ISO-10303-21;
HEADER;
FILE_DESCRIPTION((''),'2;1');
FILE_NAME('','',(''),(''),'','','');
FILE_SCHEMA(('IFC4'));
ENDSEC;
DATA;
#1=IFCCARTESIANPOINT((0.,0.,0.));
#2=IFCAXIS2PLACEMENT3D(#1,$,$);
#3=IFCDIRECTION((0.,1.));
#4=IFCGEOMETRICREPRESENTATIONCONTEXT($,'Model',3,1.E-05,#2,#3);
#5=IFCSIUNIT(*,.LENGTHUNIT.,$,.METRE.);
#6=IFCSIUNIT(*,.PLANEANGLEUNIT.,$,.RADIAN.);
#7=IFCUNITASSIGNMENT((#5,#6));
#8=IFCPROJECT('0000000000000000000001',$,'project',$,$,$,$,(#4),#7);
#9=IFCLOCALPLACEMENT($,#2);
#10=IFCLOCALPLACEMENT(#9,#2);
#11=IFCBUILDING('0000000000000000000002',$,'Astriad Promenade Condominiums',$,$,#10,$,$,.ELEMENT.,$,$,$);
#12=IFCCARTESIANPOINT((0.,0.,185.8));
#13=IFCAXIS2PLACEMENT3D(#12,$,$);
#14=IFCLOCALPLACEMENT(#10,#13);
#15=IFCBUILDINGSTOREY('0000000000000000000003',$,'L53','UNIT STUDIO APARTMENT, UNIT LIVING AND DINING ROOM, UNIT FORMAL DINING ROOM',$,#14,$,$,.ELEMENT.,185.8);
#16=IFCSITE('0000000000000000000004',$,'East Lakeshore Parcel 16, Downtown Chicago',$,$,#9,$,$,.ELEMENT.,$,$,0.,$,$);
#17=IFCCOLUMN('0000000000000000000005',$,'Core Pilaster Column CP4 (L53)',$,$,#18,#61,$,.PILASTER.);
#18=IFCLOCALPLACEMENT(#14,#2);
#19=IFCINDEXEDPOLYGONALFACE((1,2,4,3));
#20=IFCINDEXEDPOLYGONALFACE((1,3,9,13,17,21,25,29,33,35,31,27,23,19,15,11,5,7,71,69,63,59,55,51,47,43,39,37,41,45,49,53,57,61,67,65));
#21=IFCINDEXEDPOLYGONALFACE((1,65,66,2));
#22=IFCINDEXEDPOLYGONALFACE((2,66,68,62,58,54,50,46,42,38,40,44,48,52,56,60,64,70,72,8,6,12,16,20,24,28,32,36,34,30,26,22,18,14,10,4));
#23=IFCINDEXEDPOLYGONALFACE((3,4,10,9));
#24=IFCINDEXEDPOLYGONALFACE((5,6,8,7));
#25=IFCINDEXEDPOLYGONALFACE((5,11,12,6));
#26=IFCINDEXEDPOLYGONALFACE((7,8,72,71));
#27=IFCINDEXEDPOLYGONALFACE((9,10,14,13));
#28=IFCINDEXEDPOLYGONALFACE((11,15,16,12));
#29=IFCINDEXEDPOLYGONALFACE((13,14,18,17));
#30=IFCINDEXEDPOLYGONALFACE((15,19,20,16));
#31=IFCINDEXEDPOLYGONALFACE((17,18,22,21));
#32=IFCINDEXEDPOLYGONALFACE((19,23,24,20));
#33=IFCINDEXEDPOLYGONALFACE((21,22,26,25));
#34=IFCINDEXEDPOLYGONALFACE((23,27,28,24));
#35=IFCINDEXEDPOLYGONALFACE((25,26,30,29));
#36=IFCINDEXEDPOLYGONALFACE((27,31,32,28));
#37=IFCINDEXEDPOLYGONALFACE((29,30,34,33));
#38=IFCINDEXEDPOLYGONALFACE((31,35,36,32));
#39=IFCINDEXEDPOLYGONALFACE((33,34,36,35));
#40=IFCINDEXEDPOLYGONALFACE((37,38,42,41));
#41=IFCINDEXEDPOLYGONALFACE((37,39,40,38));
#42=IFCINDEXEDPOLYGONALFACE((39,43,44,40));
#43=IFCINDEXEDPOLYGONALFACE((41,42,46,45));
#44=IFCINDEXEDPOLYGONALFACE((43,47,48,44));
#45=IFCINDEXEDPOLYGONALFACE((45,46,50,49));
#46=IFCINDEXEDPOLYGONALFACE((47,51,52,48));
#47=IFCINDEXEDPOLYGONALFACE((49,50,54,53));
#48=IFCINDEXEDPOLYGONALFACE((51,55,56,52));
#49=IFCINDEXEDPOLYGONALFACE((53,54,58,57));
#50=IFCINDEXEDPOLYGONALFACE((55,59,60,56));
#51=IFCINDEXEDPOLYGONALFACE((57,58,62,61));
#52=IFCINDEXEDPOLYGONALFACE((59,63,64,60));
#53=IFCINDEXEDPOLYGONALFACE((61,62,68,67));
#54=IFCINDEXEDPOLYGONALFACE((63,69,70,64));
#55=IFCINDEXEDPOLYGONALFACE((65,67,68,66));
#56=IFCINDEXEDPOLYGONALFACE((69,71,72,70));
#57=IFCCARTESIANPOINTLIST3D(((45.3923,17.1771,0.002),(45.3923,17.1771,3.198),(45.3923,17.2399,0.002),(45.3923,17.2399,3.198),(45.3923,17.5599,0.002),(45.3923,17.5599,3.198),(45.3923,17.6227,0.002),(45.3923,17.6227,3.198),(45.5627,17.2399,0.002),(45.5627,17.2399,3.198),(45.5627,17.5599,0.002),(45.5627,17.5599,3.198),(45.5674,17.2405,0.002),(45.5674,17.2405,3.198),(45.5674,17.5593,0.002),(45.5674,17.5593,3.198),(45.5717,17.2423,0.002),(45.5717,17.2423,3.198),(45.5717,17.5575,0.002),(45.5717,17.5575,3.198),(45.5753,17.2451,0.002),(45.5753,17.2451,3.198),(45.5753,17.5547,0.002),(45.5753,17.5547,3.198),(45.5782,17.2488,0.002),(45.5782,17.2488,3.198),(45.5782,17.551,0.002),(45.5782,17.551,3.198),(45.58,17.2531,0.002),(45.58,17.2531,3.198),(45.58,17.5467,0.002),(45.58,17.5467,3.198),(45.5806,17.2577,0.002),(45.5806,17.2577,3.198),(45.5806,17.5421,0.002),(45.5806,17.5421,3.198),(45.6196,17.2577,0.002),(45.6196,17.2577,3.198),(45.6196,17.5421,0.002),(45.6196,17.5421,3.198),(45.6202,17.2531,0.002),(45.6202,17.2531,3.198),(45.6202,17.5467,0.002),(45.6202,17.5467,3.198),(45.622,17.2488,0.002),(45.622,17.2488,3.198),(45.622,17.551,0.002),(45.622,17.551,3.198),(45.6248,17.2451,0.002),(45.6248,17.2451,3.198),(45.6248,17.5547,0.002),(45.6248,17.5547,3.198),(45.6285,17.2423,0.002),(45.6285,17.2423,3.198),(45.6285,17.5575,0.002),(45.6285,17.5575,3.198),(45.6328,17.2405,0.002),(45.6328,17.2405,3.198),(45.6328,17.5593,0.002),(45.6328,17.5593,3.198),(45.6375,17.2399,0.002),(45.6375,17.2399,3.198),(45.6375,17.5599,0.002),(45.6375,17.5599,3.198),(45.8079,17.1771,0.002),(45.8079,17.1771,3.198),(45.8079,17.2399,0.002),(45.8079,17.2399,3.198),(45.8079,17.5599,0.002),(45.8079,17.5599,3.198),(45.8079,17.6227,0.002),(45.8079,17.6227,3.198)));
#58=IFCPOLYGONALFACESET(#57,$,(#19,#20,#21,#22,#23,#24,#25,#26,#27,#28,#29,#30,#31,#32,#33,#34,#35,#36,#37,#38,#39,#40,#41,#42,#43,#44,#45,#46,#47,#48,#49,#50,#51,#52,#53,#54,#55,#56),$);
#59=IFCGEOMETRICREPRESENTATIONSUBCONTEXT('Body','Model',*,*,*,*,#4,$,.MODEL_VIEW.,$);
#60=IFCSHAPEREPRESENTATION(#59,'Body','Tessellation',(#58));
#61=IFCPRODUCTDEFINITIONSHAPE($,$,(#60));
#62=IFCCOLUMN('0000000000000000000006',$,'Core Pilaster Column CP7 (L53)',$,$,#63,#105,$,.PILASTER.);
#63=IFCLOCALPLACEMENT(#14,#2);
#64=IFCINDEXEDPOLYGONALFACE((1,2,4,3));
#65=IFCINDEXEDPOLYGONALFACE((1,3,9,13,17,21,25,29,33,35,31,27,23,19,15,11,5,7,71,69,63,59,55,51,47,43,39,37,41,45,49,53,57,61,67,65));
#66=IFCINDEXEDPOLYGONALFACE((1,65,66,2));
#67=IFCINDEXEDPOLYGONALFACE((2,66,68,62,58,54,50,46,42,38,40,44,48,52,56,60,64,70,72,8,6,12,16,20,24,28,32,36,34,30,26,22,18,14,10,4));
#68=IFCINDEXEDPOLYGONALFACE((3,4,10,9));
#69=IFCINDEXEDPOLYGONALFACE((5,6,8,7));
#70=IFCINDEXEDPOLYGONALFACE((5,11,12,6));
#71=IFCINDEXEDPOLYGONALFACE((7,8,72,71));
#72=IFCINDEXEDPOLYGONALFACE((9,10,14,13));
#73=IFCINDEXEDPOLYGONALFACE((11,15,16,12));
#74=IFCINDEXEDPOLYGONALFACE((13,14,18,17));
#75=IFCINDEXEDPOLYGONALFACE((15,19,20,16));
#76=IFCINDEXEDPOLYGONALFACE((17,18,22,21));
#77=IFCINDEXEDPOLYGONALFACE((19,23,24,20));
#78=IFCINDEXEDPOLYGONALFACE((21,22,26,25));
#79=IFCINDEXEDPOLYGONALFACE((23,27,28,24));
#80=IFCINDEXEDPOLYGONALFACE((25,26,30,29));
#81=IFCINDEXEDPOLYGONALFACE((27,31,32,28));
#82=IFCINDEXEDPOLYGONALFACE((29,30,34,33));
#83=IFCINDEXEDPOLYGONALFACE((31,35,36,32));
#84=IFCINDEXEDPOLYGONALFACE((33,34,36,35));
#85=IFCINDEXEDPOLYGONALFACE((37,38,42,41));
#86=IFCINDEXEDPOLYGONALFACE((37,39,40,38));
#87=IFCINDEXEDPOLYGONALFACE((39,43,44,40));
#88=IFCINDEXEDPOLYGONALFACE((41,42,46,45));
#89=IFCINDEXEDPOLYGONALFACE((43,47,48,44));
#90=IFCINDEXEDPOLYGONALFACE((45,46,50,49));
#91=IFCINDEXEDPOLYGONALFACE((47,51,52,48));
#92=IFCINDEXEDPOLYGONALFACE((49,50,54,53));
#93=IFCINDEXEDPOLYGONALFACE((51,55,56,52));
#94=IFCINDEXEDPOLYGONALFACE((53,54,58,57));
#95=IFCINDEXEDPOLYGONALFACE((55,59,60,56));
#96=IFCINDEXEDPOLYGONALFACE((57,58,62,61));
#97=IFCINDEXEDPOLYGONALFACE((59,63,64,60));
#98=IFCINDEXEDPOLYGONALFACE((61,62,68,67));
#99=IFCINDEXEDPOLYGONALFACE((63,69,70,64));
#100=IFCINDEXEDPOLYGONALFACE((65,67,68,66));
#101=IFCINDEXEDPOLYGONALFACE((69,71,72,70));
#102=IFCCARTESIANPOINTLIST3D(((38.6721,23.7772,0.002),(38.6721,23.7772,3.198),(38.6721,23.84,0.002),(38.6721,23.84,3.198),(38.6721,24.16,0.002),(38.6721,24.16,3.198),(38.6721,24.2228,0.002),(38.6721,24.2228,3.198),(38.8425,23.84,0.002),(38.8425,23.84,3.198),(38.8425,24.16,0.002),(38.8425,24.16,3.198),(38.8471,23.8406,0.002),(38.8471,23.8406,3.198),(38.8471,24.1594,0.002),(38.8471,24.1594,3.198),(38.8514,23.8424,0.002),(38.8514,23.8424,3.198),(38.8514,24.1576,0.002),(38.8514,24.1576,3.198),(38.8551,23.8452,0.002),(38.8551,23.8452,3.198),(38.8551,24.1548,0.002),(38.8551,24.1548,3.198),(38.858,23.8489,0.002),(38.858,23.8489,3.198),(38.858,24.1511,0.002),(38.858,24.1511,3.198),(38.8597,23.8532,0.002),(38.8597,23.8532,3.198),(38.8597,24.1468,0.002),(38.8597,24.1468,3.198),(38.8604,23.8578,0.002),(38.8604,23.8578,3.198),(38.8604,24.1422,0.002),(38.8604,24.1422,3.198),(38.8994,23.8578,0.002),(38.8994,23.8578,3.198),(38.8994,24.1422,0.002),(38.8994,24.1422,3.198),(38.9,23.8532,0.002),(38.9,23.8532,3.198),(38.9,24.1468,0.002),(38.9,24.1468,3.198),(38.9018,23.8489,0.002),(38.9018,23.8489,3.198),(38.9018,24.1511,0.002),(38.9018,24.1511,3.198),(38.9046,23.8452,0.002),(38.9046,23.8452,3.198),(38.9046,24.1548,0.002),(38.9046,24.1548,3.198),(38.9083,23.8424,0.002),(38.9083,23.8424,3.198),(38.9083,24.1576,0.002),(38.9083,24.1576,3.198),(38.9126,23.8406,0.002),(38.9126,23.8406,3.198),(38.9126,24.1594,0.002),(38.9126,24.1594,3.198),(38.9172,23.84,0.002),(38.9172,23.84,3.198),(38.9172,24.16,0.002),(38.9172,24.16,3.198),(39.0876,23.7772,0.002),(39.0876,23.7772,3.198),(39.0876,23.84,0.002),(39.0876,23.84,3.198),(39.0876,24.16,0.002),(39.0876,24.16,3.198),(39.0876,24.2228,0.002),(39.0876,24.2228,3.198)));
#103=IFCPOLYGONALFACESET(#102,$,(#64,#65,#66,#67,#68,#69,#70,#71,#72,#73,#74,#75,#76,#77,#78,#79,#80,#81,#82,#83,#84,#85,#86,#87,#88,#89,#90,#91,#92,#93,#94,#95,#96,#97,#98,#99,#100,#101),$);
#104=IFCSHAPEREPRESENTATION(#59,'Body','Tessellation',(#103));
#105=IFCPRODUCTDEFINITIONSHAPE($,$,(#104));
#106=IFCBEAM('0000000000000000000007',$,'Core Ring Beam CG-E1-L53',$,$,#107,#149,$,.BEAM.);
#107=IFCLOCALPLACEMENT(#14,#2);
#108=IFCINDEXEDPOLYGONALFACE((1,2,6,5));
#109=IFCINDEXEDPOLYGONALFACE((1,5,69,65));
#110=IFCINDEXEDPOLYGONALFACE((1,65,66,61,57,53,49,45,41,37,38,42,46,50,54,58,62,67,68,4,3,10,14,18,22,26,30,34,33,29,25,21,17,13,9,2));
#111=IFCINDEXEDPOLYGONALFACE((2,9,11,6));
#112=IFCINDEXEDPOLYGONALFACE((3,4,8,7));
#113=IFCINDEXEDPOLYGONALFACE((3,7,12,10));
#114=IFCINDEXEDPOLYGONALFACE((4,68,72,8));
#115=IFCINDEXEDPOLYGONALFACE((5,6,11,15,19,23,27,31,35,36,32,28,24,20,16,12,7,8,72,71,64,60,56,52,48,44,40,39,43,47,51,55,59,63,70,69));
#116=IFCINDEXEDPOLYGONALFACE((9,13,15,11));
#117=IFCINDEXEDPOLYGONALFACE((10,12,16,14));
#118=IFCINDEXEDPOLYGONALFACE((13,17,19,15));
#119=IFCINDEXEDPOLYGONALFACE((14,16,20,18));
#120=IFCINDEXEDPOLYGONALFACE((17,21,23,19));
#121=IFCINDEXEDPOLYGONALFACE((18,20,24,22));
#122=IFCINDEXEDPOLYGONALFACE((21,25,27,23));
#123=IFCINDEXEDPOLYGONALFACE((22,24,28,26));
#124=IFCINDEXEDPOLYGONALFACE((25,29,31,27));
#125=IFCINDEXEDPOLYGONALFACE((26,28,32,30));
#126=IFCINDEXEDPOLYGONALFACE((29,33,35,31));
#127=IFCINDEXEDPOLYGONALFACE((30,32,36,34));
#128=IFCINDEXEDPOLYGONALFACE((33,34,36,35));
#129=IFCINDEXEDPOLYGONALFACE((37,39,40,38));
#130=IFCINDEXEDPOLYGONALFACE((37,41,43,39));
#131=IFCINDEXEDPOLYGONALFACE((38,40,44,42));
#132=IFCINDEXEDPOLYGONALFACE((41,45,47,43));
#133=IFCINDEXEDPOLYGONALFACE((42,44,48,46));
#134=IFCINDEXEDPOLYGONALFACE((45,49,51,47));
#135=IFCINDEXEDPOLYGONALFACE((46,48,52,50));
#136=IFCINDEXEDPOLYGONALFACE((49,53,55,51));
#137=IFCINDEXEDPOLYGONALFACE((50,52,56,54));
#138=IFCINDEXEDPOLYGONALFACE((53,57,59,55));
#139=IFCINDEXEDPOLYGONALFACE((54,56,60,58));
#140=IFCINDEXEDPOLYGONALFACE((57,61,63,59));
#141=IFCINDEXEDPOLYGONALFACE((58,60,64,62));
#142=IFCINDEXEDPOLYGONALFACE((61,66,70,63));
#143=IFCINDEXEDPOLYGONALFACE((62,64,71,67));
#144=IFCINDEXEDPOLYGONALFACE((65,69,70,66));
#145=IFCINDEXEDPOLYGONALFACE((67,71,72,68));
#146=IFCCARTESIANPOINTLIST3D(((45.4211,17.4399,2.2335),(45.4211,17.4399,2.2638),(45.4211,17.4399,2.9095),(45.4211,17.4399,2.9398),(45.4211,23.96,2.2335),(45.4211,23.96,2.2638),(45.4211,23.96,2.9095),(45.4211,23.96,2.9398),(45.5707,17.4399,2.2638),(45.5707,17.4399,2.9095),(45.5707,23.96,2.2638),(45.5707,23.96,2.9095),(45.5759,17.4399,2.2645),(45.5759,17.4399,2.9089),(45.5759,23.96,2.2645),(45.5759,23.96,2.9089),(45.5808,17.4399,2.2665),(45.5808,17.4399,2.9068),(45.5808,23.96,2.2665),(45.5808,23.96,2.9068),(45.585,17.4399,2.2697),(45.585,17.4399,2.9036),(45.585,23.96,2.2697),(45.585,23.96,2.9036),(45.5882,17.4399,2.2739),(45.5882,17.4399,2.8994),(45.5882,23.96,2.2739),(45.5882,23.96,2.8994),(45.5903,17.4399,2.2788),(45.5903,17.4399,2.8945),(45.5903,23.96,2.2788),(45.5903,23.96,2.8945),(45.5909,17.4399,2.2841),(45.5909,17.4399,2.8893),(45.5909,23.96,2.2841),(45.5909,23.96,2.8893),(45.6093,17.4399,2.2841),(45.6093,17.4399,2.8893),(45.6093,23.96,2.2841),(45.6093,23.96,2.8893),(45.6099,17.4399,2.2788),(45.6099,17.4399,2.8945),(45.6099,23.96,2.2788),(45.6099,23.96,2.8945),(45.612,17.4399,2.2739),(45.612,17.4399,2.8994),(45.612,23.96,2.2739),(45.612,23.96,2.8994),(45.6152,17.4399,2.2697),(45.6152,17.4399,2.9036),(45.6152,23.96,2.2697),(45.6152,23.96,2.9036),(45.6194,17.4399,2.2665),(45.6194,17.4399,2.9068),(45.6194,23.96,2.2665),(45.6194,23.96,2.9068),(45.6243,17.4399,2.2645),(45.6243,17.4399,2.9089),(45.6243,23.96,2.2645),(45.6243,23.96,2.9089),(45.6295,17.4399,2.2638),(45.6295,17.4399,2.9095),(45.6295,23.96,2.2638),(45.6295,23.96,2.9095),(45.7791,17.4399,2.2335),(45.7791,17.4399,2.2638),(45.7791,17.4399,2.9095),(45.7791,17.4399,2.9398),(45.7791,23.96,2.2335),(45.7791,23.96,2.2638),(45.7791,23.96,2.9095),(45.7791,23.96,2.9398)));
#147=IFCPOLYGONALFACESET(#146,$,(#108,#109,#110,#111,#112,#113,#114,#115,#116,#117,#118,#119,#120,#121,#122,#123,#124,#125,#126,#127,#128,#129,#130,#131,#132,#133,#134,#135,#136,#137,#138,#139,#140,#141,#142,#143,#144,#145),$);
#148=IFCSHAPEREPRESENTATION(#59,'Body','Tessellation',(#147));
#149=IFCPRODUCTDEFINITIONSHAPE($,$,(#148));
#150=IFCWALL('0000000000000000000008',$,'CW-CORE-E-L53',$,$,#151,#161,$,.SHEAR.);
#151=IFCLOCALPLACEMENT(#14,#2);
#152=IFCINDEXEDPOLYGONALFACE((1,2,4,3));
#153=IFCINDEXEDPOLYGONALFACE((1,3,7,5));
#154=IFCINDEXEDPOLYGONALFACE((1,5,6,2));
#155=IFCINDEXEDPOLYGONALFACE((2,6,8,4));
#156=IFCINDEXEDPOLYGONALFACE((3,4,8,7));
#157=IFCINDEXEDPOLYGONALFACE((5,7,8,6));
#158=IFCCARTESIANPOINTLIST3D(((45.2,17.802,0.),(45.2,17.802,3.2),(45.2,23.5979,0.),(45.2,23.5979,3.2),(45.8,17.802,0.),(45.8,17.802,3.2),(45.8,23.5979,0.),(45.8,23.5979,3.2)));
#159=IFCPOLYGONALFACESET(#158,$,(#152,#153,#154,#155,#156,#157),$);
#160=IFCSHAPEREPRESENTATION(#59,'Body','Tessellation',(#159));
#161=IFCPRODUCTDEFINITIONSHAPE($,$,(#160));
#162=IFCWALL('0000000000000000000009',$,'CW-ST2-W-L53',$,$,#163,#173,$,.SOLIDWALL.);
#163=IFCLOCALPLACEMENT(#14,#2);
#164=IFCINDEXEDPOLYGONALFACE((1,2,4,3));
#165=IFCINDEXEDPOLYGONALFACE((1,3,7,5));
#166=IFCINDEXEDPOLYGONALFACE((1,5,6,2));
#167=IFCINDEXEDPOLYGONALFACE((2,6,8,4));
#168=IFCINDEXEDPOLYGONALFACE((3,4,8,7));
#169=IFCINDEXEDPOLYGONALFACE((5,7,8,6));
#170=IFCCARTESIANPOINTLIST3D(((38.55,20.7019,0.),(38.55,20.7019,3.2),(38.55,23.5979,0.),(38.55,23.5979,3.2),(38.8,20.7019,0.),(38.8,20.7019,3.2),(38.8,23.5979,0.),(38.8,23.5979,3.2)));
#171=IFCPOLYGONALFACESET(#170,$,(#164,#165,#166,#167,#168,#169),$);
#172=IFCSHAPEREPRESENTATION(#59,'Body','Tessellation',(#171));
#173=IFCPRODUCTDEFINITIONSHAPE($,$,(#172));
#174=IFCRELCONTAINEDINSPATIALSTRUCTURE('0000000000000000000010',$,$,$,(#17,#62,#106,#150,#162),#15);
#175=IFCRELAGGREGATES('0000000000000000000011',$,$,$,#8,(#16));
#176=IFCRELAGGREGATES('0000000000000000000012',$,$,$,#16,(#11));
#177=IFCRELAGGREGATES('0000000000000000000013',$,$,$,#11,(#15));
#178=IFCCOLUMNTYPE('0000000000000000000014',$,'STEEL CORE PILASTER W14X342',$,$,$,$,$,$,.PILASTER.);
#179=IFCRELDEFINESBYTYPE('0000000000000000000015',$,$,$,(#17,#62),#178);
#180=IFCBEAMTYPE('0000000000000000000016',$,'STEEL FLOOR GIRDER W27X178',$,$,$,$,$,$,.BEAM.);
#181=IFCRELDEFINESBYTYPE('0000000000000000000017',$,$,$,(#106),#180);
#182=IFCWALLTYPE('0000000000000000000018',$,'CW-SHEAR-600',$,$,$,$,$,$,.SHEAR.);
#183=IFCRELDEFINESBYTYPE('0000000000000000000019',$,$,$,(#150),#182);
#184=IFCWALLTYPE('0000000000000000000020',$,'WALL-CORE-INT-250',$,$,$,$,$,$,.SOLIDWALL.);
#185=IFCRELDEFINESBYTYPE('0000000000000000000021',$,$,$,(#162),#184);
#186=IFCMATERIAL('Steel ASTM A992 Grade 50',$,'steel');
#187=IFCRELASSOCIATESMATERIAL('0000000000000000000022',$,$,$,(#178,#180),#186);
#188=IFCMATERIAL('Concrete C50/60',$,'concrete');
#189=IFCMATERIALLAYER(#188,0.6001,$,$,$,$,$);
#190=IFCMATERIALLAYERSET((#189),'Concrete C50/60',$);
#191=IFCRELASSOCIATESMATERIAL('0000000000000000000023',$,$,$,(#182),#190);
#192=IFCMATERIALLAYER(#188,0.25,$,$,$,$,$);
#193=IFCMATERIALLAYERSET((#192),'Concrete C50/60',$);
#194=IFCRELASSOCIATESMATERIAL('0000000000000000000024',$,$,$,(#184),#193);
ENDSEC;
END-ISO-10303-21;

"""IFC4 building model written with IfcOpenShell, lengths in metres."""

from ifc_helpers import new_model, si_unit, direction, frame, frame_2d, origin, origin_2d, place, context, subcontext, project, spatial, rectangle, i_section, extrude, source, transform, mapped, material, layer, layer_set, material_profile, profile_set, type_object, type_shapes, element, save


model = new_model("IFC4")

# Units and contexts
model_context = context("Model", 3, precision=1e-05, world=origin(), true_north=direction((0.0, 1.0)))
body_context = subcontext(model_context, "Body", "Model", "MODEL_VIEW")
ifc_project = project(units=[si_unit("LENGTHUNIT", "METRE"), si_unit("PLANEANGLEUNIT", "RADIAN")], contexts=[model_context])

# Site, building, storey
site_placement = place(None, origin())
site = spatial("IfcSite", under=ifc_project, at=site_placement, Name="East Lakeshore Parcel 16, Downtown Chicago", CompositionType="ELEMENT", RefElevation=0.0)
building_placement = place(site_placement, origin())
building = spatial("IfcBuilding", under=site, at=building_placement, Name="Astriad Promenade Condominiums", CompositionType="ELEMENT")
storey_placement = place(building_placement, frame((0.0, 0.0, 185.8)))
storey = spatial("IfcBuildingStorey", under=building, at=storey_placement, Name="L53", Description="UNIT STUDIO APARTMENT, UNIT LIVING AND DINING ROOM, UNIT FORMAL DINING ROOM", CompositionType="ELEMENT", Elevation=185.8)

# Columns
ifc_material_1 = material(Name="Steel ASTM A992 Grade 50", Category="steel")
ifc_material_profile_1 = material_profile(ifc_material_1, i_section(OverallWidth=0.4155, OverallDepth=0.4456, WebThickness=0.0391, FlangeThickness=0.0627, FilletRadius=0.0178, at=origin_2d()), Name="W14X342")
ifc_profile_set_1 = profile_set([ifc_material_profile_1], Name="Steel ASTM A992 Grade 50")
column_type = type_object("IfcColumnType", Name="STEEL CORE PILASTER W14X342", PredefinedType="PILASTER", material=ifc_profile_set_1)
shared_shape_1 = source(origin(), body_context, "Body", "SweptSolid", [
    extrude(i_section(OverallWidth=0.4155, OverallDepth=0.4456, WebThickness=0.0391, FlangeThickness=0.0627, FilletRadius=0.0178, at=origin_2d()), origin(), (0.0, 0.0, 1.0), 3.196),
])
type_shapes(column_type, [shared_shape_1])
for number, where, z_axis, x_axis, name in (
    (1, (45.6001, 17.3999, 0.002), (0.0, 0.0, 1.0), (1.0, 0.0, 0.0), "Core Pilaster Column CP4 (L53)"),
    (2, (38.8799, 24.0, 0.002), (0.0, 0.0, 1.0), (1.0, 0.0, 0.0), "Core Pilaster Column CP7 (L53)"),
):
    element("IfcColumn", number, at=place(storey_placement, frame(where, z_axis=z_axis, x_axis=x_axis)), inside=storey, type_object=column_type, Name=name, PredefinedType="PILASTER", context=body_context, shape_type="MappedRepresentation", body=[
        mapped(shared_shape_1, transform((0.0, 0.0, 0.0), scale=1.0)),
    ])

# Beam
ifc_material_profile_2 = material_profile(ifc_material_1, i_section(OverallWidth=0.3579, OverallDepth=0.7063, WebThickness=0.0183, FlangeThickness=0.0303, FilletRadius=0.0203, at=origin_2d()), Name="W27X178")
ifc_profile_set_2 = profile_set([ifc_material_profile_2], Name="Steel ASTM A992 Grade 50")
beam_type = type_object("IfcBeamType", Name="STEEL FLOOR GIRDER W27X178", PredefinedType="BEAM", material=ifc_profile_set_2)
shared_shape_2 = source(origin(), body_context, "Body", "SweptSolid", [
    extrude(i_section(OverallWidth=0.3579, OverallDepth=0.7063, WebThickness=0.0183, FlangeThickness=0.0303, FilletRadius=0.0203, at=origin_2d()), origin(), (0.0, 0.0, 1.0), 6.52),
])
type_shapes(beam_type, [shared_shape_2])
beam_placement = place(storey_placement, frame((45.6001, 17.4399, 2.5867), z_axis=(0.0, 1.0, 0.0), x_axis=(-1.0, 0.0, 0.0)))
element("IfcBeam", 3, at=beam_placement, inside=storey, type_object=beam_type, Name="Core Ring Beam CG-E1-L53", PredefinedType="BEAM", context=body_context, shape_type="MappedRepresentation", body=[
    mapped(shared_shape_2, transform((0.0, 0.0, 0.0), scale=1.0)),
])

# Walls
ifc_material_2 = material(Name="Concrete C50/60", Category="concrete")
ifc_layer_1 = layer(ifc_material_2, 0.6001)
ifc_layer_set_1 = layer_set([ifc_layer_1], Name="Concrete C50/60")
wall_type_1 = type_object("IfcWallType", Name="CW-SHEAR-600", PredefinedType="SHEAR", material=ifc_layer_set_1)
wall_1_placement = place(storey_placement, frame((45.5, 17.802, 0.0), z_axis=(0.0, 0.0, 1.0), x_axis=(0.0, 1.0, 0.0)))
element("IfcWall", 4, at=wall_1_placement, inside=storey, type_object=wall_type_1, Name="CW-CORE-E-L53", PredefinedType="SHEAR", context=body_context, shape_type="SweptSolid", body=[
    extrude(rectangle(XDim=5.7959, YDim=0.6001, at=frame_2d((2.8979, 0.0))), origin(), (0.0, 0.0, 1.0), 3.2),
])
ifc_layer_2 = layer(ifc_material_2, 0.25)
ifc_layer_set_2 = layer_set([ifc_layer_2], Name="Concrete C50/60")
wall_type_2 = type_object("IfcWallType", Name="WALL-CORE-INT-250", PredefinedType="SOLIDWALL", material=ifc_layer_set_2)
wall_2_placement = place(storey_placement, frame((38.675, 20.7019, 0.0), z_axis=(0.0, 0.0, 1.0), x_axis=(0.0, 1.0, 0.0)))
element("IfcWall", 5, at=wall_2_placement, inside=storey, type_object=wall_type_2, Name="CW-ST2-W-L53", PredefinedType="SOLIDWALL", context=body_context, shape_type="SweptSolid", body=[
    extrude(rectangle(XDim=2.896, YDim=0.25, at=frame_2d((1.448, 0.0))), origin(), (0.0, 0.0, 1.0), 3.2),
])

save(model, "model.ifc")
